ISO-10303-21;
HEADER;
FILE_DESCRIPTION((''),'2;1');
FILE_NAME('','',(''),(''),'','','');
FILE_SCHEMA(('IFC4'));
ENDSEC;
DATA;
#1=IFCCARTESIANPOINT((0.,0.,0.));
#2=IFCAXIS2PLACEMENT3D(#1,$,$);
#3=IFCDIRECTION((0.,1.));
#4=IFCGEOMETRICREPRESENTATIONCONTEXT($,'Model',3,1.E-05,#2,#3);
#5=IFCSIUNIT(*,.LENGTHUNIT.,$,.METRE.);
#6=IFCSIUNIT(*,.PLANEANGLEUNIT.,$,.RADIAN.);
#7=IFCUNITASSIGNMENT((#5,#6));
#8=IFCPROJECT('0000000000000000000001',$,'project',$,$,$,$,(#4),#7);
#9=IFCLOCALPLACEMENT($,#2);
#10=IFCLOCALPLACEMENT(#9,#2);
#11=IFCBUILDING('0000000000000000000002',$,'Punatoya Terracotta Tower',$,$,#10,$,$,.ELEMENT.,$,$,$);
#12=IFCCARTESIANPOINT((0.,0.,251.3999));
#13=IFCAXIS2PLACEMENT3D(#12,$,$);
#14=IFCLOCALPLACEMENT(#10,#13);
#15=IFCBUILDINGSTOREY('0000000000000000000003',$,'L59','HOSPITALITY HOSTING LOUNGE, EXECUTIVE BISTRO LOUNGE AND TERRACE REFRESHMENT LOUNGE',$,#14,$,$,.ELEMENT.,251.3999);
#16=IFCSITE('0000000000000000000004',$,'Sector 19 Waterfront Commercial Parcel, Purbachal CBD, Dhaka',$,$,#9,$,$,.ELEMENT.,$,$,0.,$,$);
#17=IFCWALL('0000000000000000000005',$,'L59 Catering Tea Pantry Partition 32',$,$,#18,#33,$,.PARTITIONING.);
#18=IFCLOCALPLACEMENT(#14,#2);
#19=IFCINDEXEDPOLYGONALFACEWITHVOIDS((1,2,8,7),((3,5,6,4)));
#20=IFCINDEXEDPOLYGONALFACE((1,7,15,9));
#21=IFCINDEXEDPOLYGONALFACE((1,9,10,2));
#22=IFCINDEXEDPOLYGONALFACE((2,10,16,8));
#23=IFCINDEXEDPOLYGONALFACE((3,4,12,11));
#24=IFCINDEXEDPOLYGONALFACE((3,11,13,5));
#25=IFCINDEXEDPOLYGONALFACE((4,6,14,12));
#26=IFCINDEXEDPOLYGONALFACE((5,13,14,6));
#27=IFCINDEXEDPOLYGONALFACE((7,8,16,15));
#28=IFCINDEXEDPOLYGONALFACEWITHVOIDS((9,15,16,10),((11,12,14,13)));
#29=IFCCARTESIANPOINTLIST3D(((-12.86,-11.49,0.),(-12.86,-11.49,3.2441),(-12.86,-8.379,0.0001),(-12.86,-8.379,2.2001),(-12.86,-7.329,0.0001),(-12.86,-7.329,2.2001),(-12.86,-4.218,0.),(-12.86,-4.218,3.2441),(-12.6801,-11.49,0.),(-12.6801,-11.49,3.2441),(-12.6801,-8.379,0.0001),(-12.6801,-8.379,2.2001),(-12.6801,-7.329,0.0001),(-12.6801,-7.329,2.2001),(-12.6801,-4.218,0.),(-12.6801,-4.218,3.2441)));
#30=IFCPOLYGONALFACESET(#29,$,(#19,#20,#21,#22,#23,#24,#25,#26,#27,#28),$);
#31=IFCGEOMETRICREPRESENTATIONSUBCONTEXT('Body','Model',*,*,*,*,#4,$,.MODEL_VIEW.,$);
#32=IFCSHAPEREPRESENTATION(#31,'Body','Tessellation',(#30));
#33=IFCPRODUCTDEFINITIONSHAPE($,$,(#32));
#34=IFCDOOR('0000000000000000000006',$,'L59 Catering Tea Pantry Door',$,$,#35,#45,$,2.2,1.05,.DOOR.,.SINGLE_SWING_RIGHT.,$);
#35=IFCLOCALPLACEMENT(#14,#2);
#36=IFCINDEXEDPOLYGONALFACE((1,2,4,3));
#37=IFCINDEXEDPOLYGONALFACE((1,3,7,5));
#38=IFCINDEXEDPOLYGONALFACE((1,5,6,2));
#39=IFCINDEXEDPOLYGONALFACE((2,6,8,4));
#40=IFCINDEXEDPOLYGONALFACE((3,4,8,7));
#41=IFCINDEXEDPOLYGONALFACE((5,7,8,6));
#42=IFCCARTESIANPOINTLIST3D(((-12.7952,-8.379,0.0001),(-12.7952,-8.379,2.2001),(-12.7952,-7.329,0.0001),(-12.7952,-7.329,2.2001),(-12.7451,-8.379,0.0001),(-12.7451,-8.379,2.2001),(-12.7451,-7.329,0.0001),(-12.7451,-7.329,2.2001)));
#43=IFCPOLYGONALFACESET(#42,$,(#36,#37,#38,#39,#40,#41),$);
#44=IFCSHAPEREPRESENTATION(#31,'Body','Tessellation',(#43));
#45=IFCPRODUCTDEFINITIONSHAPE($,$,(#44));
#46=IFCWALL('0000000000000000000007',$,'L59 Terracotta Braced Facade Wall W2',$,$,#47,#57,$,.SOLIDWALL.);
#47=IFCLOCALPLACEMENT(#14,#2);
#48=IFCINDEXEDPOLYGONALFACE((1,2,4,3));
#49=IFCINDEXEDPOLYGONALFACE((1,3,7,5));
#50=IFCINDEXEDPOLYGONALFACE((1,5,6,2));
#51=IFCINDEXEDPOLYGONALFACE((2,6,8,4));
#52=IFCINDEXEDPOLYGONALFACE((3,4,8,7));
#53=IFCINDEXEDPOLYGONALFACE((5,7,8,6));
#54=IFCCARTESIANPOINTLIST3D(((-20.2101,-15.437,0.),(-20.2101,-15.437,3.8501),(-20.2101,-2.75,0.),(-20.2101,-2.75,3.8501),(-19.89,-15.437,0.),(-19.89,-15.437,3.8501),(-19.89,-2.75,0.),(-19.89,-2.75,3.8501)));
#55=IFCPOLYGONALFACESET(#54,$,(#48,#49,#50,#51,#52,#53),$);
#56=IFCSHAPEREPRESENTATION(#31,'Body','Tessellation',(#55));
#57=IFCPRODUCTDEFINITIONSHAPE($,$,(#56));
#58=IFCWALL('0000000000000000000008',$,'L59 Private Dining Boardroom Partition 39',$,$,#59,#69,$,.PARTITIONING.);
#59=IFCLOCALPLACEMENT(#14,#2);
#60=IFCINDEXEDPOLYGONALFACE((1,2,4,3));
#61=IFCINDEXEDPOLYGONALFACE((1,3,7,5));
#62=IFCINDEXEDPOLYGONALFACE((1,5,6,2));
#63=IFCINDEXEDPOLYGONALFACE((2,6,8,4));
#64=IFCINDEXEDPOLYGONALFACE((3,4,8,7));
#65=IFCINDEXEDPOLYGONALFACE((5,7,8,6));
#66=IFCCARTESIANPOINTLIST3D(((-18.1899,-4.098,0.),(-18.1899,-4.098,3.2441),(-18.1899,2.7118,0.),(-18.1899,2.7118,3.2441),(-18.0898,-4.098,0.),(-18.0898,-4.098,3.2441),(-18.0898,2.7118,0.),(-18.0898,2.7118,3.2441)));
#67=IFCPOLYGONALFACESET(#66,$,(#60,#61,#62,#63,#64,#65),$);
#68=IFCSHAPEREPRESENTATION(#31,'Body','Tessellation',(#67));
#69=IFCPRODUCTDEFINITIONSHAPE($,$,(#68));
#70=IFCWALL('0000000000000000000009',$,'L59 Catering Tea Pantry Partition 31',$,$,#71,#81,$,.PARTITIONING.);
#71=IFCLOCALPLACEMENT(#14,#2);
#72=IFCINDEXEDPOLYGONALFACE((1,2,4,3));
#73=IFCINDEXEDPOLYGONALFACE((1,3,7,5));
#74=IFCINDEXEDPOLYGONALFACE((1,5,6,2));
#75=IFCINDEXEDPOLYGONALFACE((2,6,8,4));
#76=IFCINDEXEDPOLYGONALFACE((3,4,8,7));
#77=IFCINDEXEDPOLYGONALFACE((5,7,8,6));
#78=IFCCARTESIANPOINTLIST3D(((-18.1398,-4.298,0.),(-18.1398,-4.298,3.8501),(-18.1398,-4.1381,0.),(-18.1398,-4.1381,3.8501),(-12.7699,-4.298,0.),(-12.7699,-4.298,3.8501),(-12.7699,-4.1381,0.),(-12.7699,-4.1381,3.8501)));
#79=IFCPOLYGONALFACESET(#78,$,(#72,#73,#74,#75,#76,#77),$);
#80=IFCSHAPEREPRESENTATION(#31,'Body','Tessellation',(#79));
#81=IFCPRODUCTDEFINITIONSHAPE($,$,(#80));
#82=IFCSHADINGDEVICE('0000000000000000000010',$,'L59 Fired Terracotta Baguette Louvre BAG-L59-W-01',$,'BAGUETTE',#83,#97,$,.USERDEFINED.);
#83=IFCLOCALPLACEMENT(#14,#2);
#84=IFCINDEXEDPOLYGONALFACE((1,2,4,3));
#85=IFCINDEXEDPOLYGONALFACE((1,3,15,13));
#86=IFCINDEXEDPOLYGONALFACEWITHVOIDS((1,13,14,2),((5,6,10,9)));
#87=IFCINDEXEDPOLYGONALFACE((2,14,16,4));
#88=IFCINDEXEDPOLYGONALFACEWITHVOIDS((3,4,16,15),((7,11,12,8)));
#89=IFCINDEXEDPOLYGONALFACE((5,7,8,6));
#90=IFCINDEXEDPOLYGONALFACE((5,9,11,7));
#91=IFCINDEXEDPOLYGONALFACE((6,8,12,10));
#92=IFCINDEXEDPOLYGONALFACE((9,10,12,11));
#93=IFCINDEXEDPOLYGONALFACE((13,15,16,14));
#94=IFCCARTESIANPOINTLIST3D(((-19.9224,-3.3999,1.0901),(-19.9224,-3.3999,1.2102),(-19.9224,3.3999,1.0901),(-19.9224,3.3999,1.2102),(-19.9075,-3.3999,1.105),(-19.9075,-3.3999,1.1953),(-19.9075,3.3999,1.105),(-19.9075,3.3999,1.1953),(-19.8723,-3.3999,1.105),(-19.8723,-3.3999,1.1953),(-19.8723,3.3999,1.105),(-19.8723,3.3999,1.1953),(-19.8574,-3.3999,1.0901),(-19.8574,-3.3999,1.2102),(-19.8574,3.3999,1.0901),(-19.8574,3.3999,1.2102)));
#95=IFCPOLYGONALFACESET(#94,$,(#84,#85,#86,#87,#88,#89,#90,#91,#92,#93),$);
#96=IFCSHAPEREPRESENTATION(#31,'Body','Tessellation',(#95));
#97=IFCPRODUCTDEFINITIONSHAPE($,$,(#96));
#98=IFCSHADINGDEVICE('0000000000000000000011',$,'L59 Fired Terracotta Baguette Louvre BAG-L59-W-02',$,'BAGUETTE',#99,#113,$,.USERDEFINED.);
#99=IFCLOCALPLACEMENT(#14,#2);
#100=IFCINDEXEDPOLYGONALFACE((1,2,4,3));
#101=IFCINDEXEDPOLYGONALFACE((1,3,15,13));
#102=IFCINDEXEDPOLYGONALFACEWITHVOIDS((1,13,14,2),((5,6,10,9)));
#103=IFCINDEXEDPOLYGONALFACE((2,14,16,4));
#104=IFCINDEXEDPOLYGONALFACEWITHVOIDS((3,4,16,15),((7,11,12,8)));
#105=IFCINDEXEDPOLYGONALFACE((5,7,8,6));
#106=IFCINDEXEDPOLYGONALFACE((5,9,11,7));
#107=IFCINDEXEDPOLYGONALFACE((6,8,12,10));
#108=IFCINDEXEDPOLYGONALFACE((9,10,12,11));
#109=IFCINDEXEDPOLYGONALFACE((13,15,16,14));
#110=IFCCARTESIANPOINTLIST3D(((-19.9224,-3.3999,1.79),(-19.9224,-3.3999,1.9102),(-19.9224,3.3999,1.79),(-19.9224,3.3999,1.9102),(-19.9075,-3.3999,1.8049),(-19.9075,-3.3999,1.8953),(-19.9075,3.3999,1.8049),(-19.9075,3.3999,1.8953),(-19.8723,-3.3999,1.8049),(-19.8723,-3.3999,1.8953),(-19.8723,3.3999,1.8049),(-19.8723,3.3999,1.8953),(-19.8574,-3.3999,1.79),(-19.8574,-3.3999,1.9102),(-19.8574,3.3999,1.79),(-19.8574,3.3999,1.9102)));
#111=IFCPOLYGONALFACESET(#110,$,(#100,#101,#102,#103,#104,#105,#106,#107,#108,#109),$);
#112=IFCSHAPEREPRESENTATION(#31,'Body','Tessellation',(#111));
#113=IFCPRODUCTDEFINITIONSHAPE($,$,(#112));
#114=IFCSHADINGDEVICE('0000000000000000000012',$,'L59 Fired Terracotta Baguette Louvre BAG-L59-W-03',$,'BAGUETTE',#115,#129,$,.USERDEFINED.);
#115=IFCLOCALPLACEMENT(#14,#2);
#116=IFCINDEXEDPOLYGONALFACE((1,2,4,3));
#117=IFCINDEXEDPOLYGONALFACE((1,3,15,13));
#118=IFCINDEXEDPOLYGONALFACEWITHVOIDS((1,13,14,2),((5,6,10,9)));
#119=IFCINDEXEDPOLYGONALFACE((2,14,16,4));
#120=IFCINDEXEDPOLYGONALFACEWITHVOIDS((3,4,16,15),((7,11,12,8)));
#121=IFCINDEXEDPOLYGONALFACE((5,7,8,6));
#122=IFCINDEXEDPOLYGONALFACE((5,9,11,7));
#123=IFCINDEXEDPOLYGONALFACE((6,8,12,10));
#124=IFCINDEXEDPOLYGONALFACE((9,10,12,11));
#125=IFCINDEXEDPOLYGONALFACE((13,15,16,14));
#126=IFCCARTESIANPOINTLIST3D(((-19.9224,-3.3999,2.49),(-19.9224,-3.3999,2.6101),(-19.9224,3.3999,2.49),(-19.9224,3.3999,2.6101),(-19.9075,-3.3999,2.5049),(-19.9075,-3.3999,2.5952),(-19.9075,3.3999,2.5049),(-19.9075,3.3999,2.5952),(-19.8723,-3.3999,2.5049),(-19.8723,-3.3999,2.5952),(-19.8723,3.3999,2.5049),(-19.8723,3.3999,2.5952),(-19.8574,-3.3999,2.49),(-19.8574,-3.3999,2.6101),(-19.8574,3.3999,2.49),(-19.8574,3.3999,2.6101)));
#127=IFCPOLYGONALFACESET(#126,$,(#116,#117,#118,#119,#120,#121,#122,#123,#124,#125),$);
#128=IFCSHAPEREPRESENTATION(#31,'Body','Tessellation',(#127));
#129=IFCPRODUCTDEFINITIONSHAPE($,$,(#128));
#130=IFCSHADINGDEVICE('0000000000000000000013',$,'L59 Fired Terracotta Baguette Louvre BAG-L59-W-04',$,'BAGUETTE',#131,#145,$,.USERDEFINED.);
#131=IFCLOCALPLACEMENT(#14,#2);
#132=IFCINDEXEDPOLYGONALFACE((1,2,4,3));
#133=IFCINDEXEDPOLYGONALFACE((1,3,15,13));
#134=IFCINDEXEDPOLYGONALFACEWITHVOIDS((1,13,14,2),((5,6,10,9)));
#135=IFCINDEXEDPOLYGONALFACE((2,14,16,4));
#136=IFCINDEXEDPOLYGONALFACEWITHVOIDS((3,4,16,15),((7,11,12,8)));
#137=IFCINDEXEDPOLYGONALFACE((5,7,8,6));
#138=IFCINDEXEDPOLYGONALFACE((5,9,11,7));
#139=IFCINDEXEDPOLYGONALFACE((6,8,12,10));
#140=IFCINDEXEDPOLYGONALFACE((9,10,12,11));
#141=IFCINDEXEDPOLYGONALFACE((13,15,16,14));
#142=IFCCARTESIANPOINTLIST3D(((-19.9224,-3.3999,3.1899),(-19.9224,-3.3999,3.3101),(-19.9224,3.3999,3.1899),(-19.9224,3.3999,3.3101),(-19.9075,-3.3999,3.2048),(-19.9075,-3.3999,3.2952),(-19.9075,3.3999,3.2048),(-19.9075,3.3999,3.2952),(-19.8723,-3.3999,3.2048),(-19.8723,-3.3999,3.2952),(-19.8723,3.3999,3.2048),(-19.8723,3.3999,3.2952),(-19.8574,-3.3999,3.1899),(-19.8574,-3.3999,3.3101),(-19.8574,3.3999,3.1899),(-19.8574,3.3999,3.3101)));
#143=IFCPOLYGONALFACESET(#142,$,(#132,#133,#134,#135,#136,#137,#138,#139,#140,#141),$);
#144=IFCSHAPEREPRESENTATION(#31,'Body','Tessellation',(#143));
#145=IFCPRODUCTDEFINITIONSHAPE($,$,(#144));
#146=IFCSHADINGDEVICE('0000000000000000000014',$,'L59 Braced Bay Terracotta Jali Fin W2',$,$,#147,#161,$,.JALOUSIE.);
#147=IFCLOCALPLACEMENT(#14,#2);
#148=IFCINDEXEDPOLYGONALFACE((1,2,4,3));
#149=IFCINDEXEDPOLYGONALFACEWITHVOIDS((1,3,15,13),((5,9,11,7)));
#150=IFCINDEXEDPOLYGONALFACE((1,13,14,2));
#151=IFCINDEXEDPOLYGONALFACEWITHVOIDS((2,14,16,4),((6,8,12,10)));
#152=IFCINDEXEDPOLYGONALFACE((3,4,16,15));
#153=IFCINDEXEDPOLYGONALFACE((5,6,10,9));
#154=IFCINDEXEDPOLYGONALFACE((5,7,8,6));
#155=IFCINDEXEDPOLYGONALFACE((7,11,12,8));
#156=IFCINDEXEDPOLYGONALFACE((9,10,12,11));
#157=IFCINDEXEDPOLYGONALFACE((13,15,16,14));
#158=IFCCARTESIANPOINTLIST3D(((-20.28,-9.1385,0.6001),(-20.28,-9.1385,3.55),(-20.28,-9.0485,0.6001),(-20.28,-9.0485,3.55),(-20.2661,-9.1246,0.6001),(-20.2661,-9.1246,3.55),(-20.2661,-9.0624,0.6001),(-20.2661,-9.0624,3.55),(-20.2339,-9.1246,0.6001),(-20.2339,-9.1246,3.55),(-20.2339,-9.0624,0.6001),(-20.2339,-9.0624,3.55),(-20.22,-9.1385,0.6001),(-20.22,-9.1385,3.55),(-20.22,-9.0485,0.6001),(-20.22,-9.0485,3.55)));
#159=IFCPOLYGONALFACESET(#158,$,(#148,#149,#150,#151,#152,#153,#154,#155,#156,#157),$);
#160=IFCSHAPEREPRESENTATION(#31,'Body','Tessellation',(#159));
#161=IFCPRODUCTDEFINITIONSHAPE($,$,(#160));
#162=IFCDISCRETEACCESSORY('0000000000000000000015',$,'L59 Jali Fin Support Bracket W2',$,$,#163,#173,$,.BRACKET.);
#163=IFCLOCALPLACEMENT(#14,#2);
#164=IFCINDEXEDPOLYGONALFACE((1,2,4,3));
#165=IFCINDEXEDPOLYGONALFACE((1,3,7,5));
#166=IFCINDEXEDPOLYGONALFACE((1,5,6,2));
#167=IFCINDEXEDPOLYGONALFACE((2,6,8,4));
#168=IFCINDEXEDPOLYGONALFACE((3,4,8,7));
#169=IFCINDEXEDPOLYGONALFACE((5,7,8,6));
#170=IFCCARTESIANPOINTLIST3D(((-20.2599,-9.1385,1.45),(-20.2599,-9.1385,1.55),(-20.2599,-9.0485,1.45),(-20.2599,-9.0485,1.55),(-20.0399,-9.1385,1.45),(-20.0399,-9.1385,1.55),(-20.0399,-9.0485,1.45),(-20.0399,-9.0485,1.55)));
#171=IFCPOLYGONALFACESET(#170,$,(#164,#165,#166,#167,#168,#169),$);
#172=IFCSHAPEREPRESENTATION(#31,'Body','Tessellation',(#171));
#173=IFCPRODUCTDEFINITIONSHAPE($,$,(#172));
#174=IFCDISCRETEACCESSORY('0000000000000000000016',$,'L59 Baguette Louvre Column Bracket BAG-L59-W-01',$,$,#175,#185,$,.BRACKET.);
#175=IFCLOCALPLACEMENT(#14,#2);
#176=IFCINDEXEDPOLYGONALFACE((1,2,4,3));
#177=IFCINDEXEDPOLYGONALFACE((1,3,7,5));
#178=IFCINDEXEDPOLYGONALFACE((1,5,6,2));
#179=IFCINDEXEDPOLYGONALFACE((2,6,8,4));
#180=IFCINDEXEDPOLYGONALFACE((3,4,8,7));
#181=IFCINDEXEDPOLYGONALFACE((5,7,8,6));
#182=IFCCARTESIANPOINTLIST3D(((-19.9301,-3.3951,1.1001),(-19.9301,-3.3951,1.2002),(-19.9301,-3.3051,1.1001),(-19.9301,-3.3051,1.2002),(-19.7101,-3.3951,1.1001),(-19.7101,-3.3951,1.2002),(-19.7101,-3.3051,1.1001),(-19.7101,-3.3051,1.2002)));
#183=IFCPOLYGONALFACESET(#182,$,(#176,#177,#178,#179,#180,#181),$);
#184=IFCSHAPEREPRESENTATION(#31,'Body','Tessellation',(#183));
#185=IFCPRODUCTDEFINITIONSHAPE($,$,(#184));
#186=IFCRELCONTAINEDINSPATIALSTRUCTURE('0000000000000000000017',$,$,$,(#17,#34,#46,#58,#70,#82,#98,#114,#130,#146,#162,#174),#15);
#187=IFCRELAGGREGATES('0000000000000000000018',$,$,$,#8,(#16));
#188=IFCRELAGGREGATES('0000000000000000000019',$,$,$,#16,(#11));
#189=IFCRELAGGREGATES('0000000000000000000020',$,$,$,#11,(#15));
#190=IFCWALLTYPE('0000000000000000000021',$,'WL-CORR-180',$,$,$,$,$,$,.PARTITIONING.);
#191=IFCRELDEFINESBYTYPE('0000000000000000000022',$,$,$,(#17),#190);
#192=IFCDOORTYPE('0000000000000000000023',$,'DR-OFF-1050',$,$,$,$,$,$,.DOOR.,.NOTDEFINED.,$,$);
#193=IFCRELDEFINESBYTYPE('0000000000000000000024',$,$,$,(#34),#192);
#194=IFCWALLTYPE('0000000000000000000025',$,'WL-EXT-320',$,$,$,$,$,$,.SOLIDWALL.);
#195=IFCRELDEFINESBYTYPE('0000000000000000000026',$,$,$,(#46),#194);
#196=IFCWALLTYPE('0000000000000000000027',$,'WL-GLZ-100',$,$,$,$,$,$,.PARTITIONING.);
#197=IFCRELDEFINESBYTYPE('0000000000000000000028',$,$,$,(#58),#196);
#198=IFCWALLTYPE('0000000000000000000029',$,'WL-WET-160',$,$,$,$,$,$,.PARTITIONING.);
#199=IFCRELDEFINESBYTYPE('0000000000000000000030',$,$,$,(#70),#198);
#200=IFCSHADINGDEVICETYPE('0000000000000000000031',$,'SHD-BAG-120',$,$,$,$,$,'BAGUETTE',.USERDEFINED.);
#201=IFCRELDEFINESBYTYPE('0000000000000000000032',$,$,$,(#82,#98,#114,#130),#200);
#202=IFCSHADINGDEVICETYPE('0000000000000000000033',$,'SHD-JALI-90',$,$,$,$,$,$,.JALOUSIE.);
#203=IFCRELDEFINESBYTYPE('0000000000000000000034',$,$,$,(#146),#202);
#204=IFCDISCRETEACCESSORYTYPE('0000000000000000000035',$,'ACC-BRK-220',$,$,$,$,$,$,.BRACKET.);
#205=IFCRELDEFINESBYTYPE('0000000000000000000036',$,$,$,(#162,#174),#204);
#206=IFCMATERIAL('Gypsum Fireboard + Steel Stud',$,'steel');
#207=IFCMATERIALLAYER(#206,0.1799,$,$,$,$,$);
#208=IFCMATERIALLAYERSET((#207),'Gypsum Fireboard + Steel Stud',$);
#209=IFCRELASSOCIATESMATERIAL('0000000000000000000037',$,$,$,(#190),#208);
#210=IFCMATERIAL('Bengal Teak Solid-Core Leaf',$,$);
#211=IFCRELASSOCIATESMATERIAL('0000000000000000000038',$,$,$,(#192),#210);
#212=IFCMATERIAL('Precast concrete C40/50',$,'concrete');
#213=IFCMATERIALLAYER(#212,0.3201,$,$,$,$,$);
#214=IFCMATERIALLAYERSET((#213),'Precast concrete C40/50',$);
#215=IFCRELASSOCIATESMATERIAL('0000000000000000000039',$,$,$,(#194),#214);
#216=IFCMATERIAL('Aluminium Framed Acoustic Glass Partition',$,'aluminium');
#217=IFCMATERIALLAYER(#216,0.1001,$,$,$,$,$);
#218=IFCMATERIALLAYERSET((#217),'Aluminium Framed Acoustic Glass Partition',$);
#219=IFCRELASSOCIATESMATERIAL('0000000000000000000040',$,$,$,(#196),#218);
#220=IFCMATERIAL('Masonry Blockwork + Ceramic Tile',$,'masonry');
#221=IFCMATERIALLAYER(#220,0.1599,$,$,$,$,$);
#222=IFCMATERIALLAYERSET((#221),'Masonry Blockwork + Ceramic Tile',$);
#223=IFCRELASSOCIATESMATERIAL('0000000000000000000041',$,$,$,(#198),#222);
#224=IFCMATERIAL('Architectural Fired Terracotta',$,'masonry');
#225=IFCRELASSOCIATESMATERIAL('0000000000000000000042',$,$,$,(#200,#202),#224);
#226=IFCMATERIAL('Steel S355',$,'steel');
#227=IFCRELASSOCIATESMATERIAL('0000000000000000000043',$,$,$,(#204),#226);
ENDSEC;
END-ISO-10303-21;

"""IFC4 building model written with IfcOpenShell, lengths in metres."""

from ifc_helpers import new_model, si_unit, direction, frame, frame_2d, origin, origin_2d, place, context, subcontext, project, spatial, rectangle, hollow_rectangle, extrude, material, layer, layer_set, material_profile, profile_set, type_object, element, fill, save


model = new_model("IFC4")

# Units and contexts
model_context = context("Model", 3, precision=1e-05, world=origin(), true_north=direction((0.0, 1.0)))
body_context = subcontext(model_context, "Body", "Model", "MODEL_VIEW")
ifc_project = project(units=[si_unit("LENGTHUNIT", "METRE"), si_unit("PLANEANGLEUNIT", "RADIAN")], contexts=[model_context])

# Site, building, storey
site_placement = place(None, origin())
site = spatial("IfcSite", under=ifc_project, at=site_placement, Name="Sector 19 Waterfront Commercial Parcel, Purbachal CBD, Dhaka", CompositionType="ELEMENT", RefElevation=0.0)
building_placement = place(site_placement, origin())
building = spatial("IfcBuilding", under=site, at=building_placement, Name="Punatoya Terracotta Tower", CompositionType="ELEMENT")
storey_placement = place(building_placement, frame((0.0, 0.0, 251.3999)))
storey = spatial("IfcBuildingStorey", under=building, at=storey_placement, Name="L59", Description="HOSPITALITY HOSTING LOUNGE, EXECUTIVE BISTRO LOUNGE AND TERRACE REFRESHMENT LOUNGE", CompositionType="ELEMENT", Elevation=251.3999)

# Shared definitions
ifc_material_1 = material(Name="Steel S355", Category="steel")

# Wall, opening, door
ifc_material_2 = material(Name="Gypsum Fireboard + Steel Stud", Category="steel")
ifc_layer_1 = layer(ifc_material_2, 0.1799)
ifc_layer_set_1 = layer_set([ifc_layer_1], Name="Gypsum Fireboard + Steel Stud")
wall_type_1 = type_object("IfcWallType", Name="WL-CORR-180", PredefinedType="PARTITIONING", material=ifc_layer_set_1)
wall_1_placement = place(storey_placement, frame((-12.77, -4.218, 0.0), z_axis=(0.0, 0.0, 1.0), x_axis=(0.0, -1.0, 0.0)))
wall_1 = element("IfcWall", 1, at=wall_1_placement, inside=storey, type_object=wall_type_1, Name="L59 Catering Tea Pantry Partition 32", PredefinedType="PARTITIONING", context=body_context, shape_type="SweptSolid", body=[
    extrude(rectangle(XDim=7.272, YDim=0.1799, at=frame_2d((3.636, 0.0))), origin(), (0.0, 0.0, 1.0), 3.2441),
])
opening_placement = place(wall_1_placement, frame((3.1111, 0.0, 0.0)))
opening = element("IfcOpeningElement", 2, at=opening_placement, cuts=wall_1, PredefinedType="OPENING", context=body_context, shape_type="SweptSolid", body=[
    extrude(rectangle(XDim=1.05, YDim=2.2, at=frame_2d((0.5249, 1.1001))), frame((0.0, 0.0999, 0.0), z_axis=(0.0, -1.0, 0.0), x_axis=(1.0, 0.0, 0.0)), (0.0, 0.0, 1.0), 0.2),
])
ifc_material_3 = material(Name="Bengal Teak Solid-Core Leaf")
door_type = type_object("IfcDoorType", Name="DR-OFF-1050", OperationType="NOTDEFINED", PredefinedType="DOOR", material=ifc_material_3)
door_placement = place(opening_placement, origin())
door = element("IfcDoor", 3, at=door_placement, inside=storey, type_object=door_type, Name="L59 Catering Tea Pantry Door", OperationType="SINGLE_SWING_RIGHT", OverallHeight=2.2, OverallWidth=1.05, PredefinedType="DOOR", context=body_context, shape_type="SweptSolid", body=[
    extrude(rectangle(XDim=1.05, YDim=2.2, at=frame_2d((0.5249, 1.1001))), frame((0.0, 0.0249, 0.0), z_axis=(0.0, -1.0, 0.0), x_axis=(1.0, 0.0, 0.0)), (0.0, 0.0, 1.0), 0.05),
])
fill(opening, door)

# Walls
ifc_material_4 = material(Name="Precast concrete C40/50", Category="concrete")
ifc_layer_2 = layer(ifc_material_4, 0.3201)
ifc_layer_set_2 = layer_set([ifc_layer_2], Name="Precast concrete C40/50")
wall_type_2 = type_object("IfcWallType", Name="WL-EXT-320", PredefinedType="SOLIDWALL", material=ifc_layer_set_2)
wall_2_placement = place(storey_placement, frame((-20.05, -2.75, 0.0), z_axis=(0.0, 0.0, 1.0), x_axis=(0.0, -1.0, 0.0)))
element("IfcWall", 4, at=wall_2_placement, inside=storey, type_object=wall_type_2, Name="L59 Terracotta Braced Facade Wall W2", PredefinedType="SOLIDWALL", context=body_context, shape_type="SweptSolid", body=[
    extrude(rectangle(XDim=12.687, YDim=0.3201, at=frame_2d((6.3435, 0.0))), origin(), (0.0, 0.0, 1.0), 3.8501),
])
ifc_material_5 = material(Name="Aluminium Framed Acoustic Glass Partition", Category="aluminium")
ifc_layer_3 = layer(ifc_material_5, 0.1001)
ifc_layer_set_3 = layer_set([ifc_layer_3], Name="Aluminium Framed Acoustic Glass Partition")
wall_type_3 = type_object("IfcWallType", Name="WL-GLZ-100", PredefinedType="PARTITIONING", material=ifc_layer_set_3)
wall_3_placement = place(storey_placement, frame((-18.1399, -4.0979, 0.0), z_axis=(0.0, 0.0, 1.0), x_axis=(0.0, 1.0, 0.0)))
element("IfcWall", 5, at=wall_3_placement, inside=storey, type_object=wall_type_3, Name="L59 Private Dining Boardroom Partition 39", PredefinedType="PARTITIONING", context=body_context, shape_type="SweptSolid", body=[
    extrude(rectangle(XDim=6.8098, YDim=0.1001, at=frame_2d((3.4048, 0.0))), origin(), (0.0, 0.0, 1.0), 3.2441),
])
ifc_material_6 = material(Name="Masonry Blockwork + Ceramic Tile", Category="masonry")
ifc_layer_4 = layer(ifc_material_6, 0.1599)
ifc_layer_set_4 = layer_set([ifc_layer_4], Name="Masonry Blockwork + Ceramic Tile")
wall_type_4 = type_object("IfcWallType", Name="WL-WET-160", PredefinedType="PARTITIONING", material=ifc_layer_set_4)
wall_4_placement = place(storey_placement, frame((-18.1399, -4.218, 0.0), z_axis=(0.0, 0.0, 1.0), x_axis=(1.0, 0.0, 0.0)))
element("IfcWall", 6, at=wall_4_placement, inside=storey, type_object=wall_type_4, Name="L59 Catering Tea Pantry Partition 31", PredefinedType="PARTITIONING", context=body_context, shape_type="SweptSolid", body=[
    extrude(rectangle(XDim=5.3699, YDim=0.1599, at=frame_2d((2.6851, 0.0))), origin(), (0.0, 0.0, 1.0), 3.8501),
])

# Shading devices
ifc_material_7 = material(Name="Architectural Fired Terracotta", Category="masonry")
ifc_material_profile_1 = material_profile(ifc_material_7, hollow_rectangle(XDim=0.0649, YDim=0.1201, WallThickness=0.0149, at=origin_2d()))
ifc_profile_set_1 = profile_set([ifc_material_profile_1], Name="Architectural Fired Terracotta")
shading_device_type_1 = type_object("IfcShadingDeviceType", Name="SHD-BAG-120", ElementType="BAGUETTE", PredefinedType="USERDEFINED", material=ifc_profile_set_1)
for number, where, z_axis, x_axis, name in (
    (7, (-19.8899, -3.3999, 1.1501), (0.0, 1.0, 0.0), (-1.0, 0.0, 0.0), "L59 Fired Terracotta Baguette Louvre BAG-L59-W-01"),
    (8, (-19.8899, -3.3999, 1.8501), (0.0, 1.0, 0.0), (-1.0, 0.0, 0.0), "L59 Fired Terracotta Baguette Louvre BAG-L59-W-02"),
    (9, (-19.8899, -3.3999, 2.55), (0.0, 1.0, 0.0), (-1.0, 0.0, 0.0), "L59 Fired Terracotta Baguette Louvre BAG-L59-W-03"),
    (10, (-19.8899, -3.3999, 3.25), (0.0, 1.0, 0.0), (-1.0, 0.0, 0.0), "L59 Fired Terracotta Baguette Louvre BAG-L59-W-04"),
):
    element("IfcShadingDevice", number, at=place(storey_placement, frame(where, z_axis=z_axis, x_axis=x_axis)), inside=storey, type_object=shading_device_type_1, Name=name, ObjectType="BAGUETTE", PredefinedType="USERDEFINED", context=body_context, shape_type="SweptSolid", body=[
        extrude(hollow_rectangle(XDim=0.0649, YDim=0.1201, WallThickness=0.0149, at=origin_2d()), origin(), (0.0, 0.0, 1.0), 6.7998),
    ])
ifc_material_profile_2 = material_profile(ifc_material_7, hollow_rectangle(XDim=0.0601, YDim=0.0901, WallThickness=0.0139, at=origin_2d()))
ifc_profile_set_2 = profile_set([ifc_material_profile_2], Name="Architectural Fired Terracotta")
shading_device_type_2 = type_object("IfcShadingDeviceType", Name="SHD-JALI-90", PredefinedType="JALOUSIE", material=ifc_profile_set_2)
shading_device_placement = place(storey_placement, frame((-20.25, -9.0935, 0.6001), z_axis=(0.0, 0.0, 1.0), x_axis=(1.0, 0.0, 0.0)))
element("IfcShadingDevice", 11, at=shading_device_placement, inside=storey, type_object=shading_device_type_2, Name="L59 Braced Bay Terracotta Jali Fin W2", PredefinedType="JALOUSIE", context=body_context, shape_type="SweptSolid", body=[
    extrude(hollow_rectangle(XDim=0.0601, YDim=0.0901, WallThickness=0.0139, at=origin_2d()), origin(), (0.0, 0.0, 1.0), 2.95),
])

# Discrete accessories
discrete_accessory_type = type_object("IfcDiscreteAccessoryType", Name="ACC-BRK-220", PredefinedType="BRACKET", material=ifc_material_1)
for number, where, z_axis, x_axis, name in (
    (12, (-20.1499, -9.0935, 1.45), (0.0, 0.0, 1.0), (0.0, -1.0, 0.0), "L59 Jali Fin Support Bracket W2"),
    (13, (-19.8201, -3.3501, 1.1001), (0.0, 0.0, 1.0), (0.0, 1.0, 0.0), "L59 Baguette Louvre Column Bracket BAG-L59-W-01"),
):
    element("IfcDiscreteAccessory", number, at=place(storey_placement, frame(where, z_axis=z_axis, x_axis=x_axis)), inside=storey, type_object=discrete_accessory_type, Name=name, PredefinedType="BRACKET", context=body_context, shape_type="SweptSolid", body=[
        extrude(rectangle(XDim=0.0901, YDim=0.22, at=origin_2d()), origin(), (0.0, 0.0, 1.0), 0.1001),
    ])

save(model, "model.ifc")
